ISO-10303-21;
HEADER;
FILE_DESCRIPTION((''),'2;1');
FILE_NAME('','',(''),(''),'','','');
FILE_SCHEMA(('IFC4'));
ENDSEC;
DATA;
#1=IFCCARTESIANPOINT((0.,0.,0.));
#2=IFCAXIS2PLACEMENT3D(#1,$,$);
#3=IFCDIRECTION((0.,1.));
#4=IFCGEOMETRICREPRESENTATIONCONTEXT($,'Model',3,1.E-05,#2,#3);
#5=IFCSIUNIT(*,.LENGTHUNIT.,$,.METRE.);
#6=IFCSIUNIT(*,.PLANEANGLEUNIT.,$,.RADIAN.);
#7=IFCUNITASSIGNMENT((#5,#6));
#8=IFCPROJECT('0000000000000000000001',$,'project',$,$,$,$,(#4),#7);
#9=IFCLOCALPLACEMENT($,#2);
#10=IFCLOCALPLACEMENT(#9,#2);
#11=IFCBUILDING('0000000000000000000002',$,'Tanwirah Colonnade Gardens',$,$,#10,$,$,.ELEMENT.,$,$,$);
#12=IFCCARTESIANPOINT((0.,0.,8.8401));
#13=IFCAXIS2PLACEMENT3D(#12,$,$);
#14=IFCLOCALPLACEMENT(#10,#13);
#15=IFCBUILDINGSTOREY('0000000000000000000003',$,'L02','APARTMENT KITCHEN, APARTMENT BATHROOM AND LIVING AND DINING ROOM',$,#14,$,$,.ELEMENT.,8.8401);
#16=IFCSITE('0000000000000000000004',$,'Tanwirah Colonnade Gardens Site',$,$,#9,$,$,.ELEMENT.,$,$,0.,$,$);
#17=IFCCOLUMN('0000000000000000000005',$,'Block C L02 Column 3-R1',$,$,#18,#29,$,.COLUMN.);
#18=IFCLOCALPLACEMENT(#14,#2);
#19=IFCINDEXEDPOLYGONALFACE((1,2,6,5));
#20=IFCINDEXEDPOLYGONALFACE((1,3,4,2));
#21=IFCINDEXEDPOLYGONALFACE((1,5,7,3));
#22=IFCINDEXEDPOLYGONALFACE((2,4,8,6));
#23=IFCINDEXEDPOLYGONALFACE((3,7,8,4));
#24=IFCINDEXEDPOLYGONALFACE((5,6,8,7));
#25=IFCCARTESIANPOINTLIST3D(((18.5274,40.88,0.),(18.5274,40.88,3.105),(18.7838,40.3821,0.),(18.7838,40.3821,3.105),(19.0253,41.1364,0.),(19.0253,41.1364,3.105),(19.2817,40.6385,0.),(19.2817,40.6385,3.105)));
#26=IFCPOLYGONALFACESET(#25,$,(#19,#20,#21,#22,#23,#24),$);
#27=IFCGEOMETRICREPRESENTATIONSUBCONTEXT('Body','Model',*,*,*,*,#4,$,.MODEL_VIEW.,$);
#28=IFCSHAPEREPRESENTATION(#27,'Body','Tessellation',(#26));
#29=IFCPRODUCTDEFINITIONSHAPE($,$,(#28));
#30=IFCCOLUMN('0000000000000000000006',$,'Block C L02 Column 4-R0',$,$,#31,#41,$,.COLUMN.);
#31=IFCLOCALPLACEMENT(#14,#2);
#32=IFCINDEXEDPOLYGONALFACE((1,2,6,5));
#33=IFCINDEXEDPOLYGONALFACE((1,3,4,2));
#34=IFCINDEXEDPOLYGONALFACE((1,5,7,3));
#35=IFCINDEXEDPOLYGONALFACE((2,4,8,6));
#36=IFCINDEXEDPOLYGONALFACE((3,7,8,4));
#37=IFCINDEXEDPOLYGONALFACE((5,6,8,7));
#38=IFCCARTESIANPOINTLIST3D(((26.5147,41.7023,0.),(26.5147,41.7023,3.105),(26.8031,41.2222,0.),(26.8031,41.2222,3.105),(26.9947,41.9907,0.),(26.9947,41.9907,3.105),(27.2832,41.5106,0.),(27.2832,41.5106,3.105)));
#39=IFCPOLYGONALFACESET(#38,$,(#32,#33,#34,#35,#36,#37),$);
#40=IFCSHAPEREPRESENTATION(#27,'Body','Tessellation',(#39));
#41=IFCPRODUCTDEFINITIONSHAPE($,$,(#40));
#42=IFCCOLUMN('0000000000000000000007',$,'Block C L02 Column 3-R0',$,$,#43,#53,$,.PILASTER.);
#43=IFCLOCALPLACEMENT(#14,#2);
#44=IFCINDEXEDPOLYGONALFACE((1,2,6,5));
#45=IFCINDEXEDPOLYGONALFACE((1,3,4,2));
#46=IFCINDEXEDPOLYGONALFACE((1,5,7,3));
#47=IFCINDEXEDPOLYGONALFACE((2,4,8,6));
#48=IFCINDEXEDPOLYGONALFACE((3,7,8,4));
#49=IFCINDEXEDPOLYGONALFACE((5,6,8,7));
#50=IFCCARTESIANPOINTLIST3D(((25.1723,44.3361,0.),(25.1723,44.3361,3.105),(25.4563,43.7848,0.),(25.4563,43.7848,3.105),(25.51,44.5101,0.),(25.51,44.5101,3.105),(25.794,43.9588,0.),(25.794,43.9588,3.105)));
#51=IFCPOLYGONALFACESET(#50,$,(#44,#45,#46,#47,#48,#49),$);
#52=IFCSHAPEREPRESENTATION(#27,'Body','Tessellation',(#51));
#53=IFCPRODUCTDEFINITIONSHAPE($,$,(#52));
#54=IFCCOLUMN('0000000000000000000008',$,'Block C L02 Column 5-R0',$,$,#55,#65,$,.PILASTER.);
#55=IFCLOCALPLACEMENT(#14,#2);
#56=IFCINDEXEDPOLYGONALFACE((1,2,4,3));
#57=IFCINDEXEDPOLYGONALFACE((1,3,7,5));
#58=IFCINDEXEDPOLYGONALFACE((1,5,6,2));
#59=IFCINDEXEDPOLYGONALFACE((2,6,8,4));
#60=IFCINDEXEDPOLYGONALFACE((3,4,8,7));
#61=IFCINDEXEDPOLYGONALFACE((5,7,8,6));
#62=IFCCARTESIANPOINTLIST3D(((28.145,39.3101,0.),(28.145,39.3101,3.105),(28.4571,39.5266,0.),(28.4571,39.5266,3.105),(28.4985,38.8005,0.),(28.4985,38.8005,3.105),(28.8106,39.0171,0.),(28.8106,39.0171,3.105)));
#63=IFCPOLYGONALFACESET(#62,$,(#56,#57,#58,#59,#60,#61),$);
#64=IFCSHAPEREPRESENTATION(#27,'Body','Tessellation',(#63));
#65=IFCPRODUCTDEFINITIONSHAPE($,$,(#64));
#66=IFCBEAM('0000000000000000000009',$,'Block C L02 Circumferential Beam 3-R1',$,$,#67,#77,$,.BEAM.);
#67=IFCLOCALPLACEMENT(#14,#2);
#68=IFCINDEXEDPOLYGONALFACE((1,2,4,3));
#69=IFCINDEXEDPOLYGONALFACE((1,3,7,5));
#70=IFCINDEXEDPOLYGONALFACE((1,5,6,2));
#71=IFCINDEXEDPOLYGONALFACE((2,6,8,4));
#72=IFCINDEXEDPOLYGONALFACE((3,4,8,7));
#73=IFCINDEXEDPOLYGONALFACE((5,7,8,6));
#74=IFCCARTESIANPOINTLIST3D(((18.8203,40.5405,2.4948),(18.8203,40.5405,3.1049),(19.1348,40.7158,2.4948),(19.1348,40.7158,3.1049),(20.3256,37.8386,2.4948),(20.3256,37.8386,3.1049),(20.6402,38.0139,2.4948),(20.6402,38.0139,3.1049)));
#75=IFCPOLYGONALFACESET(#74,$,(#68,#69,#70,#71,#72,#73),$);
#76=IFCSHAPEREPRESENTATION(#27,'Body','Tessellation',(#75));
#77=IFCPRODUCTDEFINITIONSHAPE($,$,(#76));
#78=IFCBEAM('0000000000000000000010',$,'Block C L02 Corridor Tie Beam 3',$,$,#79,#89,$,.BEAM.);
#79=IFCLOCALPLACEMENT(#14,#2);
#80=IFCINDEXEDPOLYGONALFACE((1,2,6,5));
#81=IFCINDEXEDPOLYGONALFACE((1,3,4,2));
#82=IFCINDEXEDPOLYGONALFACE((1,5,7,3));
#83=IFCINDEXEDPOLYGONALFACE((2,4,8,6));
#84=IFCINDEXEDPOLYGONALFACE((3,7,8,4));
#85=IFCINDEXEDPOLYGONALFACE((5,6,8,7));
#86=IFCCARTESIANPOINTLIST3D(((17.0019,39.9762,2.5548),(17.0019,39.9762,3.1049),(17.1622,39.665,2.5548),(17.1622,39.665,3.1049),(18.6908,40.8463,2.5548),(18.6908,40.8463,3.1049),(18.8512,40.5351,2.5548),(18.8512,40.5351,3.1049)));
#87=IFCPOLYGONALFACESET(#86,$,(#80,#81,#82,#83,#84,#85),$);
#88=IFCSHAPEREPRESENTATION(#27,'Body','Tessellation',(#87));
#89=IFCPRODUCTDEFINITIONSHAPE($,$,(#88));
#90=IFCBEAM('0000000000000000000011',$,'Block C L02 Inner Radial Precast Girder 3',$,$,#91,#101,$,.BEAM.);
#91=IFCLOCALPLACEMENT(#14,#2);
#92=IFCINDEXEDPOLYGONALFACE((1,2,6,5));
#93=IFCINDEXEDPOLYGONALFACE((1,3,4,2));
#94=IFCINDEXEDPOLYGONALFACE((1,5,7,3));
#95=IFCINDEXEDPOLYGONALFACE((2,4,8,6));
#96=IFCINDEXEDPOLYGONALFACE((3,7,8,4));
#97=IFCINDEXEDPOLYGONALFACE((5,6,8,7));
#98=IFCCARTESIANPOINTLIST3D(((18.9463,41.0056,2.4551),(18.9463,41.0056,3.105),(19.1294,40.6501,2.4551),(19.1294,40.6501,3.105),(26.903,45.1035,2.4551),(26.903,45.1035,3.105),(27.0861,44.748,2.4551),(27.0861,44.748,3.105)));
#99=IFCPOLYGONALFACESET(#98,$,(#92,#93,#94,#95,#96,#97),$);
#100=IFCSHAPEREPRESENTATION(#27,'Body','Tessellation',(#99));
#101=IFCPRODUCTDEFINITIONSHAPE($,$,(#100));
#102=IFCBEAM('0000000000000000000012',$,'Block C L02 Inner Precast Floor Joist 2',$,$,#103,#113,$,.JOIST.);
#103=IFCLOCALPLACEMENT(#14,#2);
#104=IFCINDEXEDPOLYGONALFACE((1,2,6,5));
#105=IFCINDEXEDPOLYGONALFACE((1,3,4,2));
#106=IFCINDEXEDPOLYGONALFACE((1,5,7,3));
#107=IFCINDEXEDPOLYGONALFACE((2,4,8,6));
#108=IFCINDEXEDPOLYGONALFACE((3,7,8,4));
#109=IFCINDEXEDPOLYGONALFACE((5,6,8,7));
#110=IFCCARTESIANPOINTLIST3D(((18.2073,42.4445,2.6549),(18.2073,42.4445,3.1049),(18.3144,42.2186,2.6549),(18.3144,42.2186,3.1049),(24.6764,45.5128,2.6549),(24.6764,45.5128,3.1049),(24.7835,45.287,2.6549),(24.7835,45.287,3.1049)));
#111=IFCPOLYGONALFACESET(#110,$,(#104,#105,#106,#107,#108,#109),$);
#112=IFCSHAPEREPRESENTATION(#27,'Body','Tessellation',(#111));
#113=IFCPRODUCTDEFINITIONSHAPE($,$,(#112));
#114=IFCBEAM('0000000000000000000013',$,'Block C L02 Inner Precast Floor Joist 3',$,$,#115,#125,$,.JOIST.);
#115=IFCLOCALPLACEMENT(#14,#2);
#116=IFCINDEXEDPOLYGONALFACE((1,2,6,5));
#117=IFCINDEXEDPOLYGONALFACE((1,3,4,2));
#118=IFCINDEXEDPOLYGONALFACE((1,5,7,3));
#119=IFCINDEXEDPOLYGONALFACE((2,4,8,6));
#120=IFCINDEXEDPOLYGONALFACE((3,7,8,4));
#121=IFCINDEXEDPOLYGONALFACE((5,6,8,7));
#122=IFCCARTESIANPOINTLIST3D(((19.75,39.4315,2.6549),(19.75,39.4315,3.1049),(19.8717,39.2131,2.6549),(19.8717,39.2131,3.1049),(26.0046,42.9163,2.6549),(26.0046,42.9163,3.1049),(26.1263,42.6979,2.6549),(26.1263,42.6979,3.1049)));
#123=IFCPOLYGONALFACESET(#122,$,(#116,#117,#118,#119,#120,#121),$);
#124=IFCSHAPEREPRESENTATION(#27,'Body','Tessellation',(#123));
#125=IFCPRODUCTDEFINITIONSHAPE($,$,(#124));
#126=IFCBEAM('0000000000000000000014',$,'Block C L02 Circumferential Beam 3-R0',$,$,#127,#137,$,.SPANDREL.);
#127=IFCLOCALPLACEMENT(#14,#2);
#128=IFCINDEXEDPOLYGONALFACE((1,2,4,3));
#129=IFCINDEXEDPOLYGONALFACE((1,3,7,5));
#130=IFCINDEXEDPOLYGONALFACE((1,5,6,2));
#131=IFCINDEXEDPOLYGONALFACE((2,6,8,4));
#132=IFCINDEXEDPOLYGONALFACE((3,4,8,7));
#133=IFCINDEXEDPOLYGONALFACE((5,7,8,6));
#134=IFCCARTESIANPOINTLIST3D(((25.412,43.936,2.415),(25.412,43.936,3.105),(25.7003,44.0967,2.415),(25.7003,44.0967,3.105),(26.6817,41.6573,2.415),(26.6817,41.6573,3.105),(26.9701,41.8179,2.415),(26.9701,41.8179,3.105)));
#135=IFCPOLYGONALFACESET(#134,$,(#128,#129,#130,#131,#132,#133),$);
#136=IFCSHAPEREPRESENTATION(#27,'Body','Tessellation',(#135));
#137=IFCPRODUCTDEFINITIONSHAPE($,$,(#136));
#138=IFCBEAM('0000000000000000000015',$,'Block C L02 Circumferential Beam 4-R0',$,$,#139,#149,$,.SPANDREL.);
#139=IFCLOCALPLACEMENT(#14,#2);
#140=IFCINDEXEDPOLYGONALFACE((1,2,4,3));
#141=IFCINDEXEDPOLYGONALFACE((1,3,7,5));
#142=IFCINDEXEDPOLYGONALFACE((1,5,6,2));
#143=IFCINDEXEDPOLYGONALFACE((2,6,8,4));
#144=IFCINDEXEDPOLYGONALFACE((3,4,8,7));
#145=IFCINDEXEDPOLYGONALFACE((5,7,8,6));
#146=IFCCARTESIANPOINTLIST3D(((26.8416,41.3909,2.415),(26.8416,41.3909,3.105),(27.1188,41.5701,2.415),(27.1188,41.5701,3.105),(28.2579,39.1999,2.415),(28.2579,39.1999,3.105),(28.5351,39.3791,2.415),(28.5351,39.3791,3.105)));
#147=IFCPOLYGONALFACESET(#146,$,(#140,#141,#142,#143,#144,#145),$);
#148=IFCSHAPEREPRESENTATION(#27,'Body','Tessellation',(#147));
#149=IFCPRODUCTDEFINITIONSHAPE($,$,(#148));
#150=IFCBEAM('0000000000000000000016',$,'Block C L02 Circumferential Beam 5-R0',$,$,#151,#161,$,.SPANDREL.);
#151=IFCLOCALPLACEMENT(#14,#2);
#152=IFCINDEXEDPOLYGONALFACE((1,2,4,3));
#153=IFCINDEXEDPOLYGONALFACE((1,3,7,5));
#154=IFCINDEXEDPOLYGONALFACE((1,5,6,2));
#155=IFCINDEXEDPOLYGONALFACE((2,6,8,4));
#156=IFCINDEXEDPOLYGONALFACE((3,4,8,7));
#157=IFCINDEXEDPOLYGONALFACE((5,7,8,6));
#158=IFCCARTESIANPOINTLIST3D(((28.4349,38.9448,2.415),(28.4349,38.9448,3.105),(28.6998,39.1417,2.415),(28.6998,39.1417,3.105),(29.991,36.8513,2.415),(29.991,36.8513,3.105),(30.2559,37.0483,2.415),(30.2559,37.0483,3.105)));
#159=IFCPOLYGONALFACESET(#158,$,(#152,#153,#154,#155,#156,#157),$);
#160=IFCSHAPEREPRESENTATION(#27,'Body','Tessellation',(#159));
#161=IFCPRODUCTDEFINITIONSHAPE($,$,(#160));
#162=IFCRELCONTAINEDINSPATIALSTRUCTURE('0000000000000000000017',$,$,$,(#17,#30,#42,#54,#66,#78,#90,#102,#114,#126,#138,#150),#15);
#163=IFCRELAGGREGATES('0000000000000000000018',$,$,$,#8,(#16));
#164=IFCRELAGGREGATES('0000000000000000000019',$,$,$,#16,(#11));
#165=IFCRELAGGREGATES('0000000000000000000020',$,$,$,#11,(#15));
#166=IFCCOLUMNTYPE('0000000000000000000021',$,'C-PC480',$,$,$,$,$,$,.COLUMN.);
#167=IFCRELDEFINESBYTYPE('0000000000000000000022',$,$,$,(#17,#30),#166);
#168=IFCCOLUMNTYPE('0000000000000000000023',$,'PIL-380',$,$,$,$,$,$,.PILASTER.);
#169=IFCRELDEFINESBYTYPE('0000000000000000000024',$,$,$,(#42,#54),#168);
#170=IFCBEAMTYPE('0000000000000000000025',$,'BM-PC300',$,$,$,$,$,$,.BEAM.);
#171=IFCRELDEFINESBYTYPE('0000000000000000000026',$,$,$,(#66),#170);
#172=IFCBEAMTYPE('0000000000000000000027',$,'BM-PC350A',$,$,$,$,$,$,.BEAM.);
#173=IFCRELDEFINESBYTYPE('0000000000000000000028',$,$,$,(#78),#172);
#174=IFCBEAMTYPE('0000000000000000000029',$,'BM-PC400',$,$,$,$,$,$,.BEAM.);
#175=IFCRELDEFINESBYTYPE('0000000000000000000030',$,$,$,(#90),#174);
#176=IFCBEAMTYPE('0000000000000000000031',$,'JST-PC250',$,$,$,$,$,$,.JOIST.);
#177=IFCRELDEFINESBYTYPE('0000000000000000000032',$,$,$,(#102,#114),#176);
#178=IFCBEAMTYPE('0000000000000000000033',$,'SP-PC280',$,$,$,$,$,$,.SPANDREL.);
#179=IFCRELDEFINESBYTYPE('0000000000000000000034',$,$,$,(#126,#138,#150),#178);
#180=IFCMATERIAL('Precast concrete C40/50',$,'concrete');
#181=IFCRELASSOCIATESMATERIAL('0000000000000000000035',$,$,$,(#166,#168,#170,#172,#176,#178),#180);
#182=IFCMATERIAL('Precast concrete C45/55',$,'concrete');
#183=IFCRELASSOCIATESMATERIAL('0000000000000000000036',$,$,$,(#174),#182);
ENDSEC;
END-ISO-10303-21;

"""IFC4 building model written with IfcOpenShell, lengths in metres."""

from ifc_helpers import new_model, si_unit, direction, frame, origin, origin_2d, place, context, subcontext, project, spatial, rectangle, extrude, material, material_profile, profile_set, type_object, element, save


model = new_model("IFC4")

# Units and contexts
model_context = context("Model", 3, precision=1e-05, world=origin(), true_north=direction((0.0, 1.0)))
body_context = subcontext(model_context, "Body", "Model", "MODEL_VIEW")
ifc_project = project(units=[si_unit("LENGTHUNIT", "METRE"), si_unit("PLANEANGLEUNIT", "RADIAN")], contexts=[model_context])

# Site, building, storey
site_placement = place(None, origin())
site = spatial("IfcSite", under=ifc_project, at=site_placement, Name="Tanwirah Colonnade Gardens Site", CompositionType="ELEMENT", RefElevation=0.0)
building_placement = place(site_placement, origin())
building = spatial("IfcBuilding", under=site, at=building_placement, Name="Tanwirah Colonnade Gardens", CompositionType="ELEMENT")
storey_placement = place(building_placement, frame((0.0, 0.0, 8.8401)))
storey = spatial("IfcBuildingStorey", under=building, at=storey_placement, Name="L02", Description="APARTMENT KITCHEN, APARTMENT BATHROOM AND LIVING AND DINING ROOM", CompositionType="ELEMENT", Elevation=8.8401)

# Columns
ifc_material_1 = material(Name="Precast concrete C40/50", Category="concrete")
ifc_material_profile_1 = material_profile(ifc_material_1, rectangle(XDim=0.5601, YDim=0.5601, at=origin_2d()), Name="PC-COL 560x560")
ifc_profile_set_1 = profile_set([ifc_material_profile_1], Name="Precast concrete C40/50")
column_type_1 = type_object("IfcColumnType", Name="C-PC480", PredefinedType="COLUMN", material=ifc_profile_set_1)
for number, where, z_axis, x_axis, name in (
    (1, (18.9045, 40.7593, 0.0), (0.0, 0.0, 1.0), (-0.889017, -0.457874, 0.0), "Block C L02 Column 3-R1"),
    (2, (26.8989, 41.6064, 0.0), (0.0, 0.0, 1.0), (-0.857167, -0.515038, 0.0), "Block C L02 Column 4-R0"),
):
    element("IfcColumn", number, at=place(storey_placement, frame(where, z_axis=z_axis, x_axis=x_axis)), inside=storey, type_object=column_type_1, Name=name, PredefinedType="COLUMN", context=body_context, shape_type="SweptSolid", body=[
        extrude(rectangle(XDim=0.5601, YDim=0.5601, at=origin_2d()), origin(), (0.0, 0.0, 1.0), 3.105),
    ])
ifc_material_profile_2 = material_profile(ifc_material_1, rectangle(XDim=0.3799, YDim=0.6201, at=origin_2d()), Name="PC-PIL 380x620")
ifc_profile_set_2 = profile_set([ifc_material_profile_2], Name="Precast concrete C40/50")
column_type_2 = type_object("IfcColumnType", Name="PIL-380", PredefinedType="PILASTER", material=ifc_profile_set_2)
for number, where, z_axis, x_axis, name in (
    (3, (25.4832, 44.1475, 0.0), (0.0, 0.0, 1.0), (-0.889017, -0.457874, 0.0), "Block C L02 Column 3-R0"),
    (4, (28.4778, 39.1636, 0.0), (0.0, 0.0, 1.0), (-0.821647, -0.569997, 0.0), "Block C L02 Column 5-R0"),
):
    element("IfcColumn", number, at=place(storey_placement, frame(where, z_axis=z_axis, x_axis=x_axis)), inside=storey, type_object=column_type_2, Name=name, PredefinedType="PILASTER", context=body_context, shape_type="SweptSolid", body=[
        extrude(rectangle(XDim=0.3799, YDim=0.6201, at=origin_2d()), origin(), (0.0, 0.0, 1.0), 3.105),
    ])

# Beams
ifc_material_profile_3 = material_profile(ifc_material_1, rectangle(XDim=0.3601, YDim=0.6101, at=origin_2d()), Name="PC-BM 360x610")
ifc_profile_set_3 = profile_set([ifc_material_profile_3], Name="Precast concrete C40/50")
beam_type_1 = type_object("IfcBeamType", Name="BM-PC300", PredefinedType="BEAM", material=ifc_profile_set_3)
beam_1_placement = place(storey_placement, frame((18.9775, 40.6282, 2.7998), z_axis=(0.486708, -0.873565, 0.0), x_axis=(0.873565, 0.486708, 0.0)))
element("IfcBeam", 5, at=beam_1_placement, inside=storey, type_object=beam_type_1, Name="Block C L02 Circumferential Beam 3-R1", PredefinedType="BEAM", context=body_context, shape_type="SweptSolid", body=[
    extrude(rectangle(XDim=0.3601, YDim=0.6101, at=origin_2d()), origin(), (0.0, 0.0, 1.0), 3.093),
])
ifc_material_profile_4 = material_profile(ifc_material_1, rectangle(XDim=0.3501, YDim=0.55, at=origin_2d()), Name="PC-BM 350x550")
ifc_profile_set_4 = profile_set([ifc_material_profile_4], Name="Precast concrete C40/50")
beam_type_2 = type_object("IfcBeamType", Name="BM-PC350A", PredefinedType="BEAM", material=ifc_profile_set_4)
beam_2_placement = place(storey_placement, frame((18.771, 40.6907, 2.8298), z_axis=(-0.888965, -0.457975, 0.0), x_axis=(0.457975, -0.888965, 0.0)))
element("IfcBeam", 6, at=beam_2_placement, inside=storey, type_object=beam_type_2, Name="Block C L02 Corridor Tie Beam 3", PredefinedType="BEAM", context=body_context, shape_type="SweptSolid", body=[
    extrude(rectangle(XDim=0.3501, YDim=0.55, at=origin_2d()), origin(), (0.0, 0.0, 1.0), 1.8999),
])
ifc_material_2 = material(Name="Precast concrete C45/55", Category="concrete")
ifc_material_profile_5 = material_profile(ifc_material_2, rectangle(XDim=0.3999, YDim=0.6499, at=origin_2d()), Name="PC-BM 400x650")
ifc_profile_set_5 = profile_set([ifc_material_profile_5], Name="Precast concrete C45/55")
beam_type_3 = type_object("IfcBeamType", Name="BM-PC400", PredefinedType="BEAM", material=ifc_profile_set_5)
beam_3_placement = place(storey_placement, frame((19.0378, 40.8279, 2.78), z_axis=(0.889022, 0.457864, 0.0), x_axis=(-0.457864, 0.889022, 0.0)))
element("IfcBeam", 7, at=beam_3_placement, inside=storey, type_object=beam_type_3, Name="Block C L02 Inner Radial Precast Girder 3", PredefinedType="BEAM", context=body_context, shape_type="SweptSolid", body=[
    extrude(rectangle(XDim=0.3999, YDim=0.6499, at=origin_2d()), origin(), (0.0, 0.0, 1.0), 8.95),
])
ifc_material_profile_6 = material_profile(ifc_material_1, rectangle(XDim=0.25, YDim=0.45, at=origin_2d()), Name="PC-JST 250x450")
ifc_profile_set_6 = profile_set([ifc_material_profile_6], Name="Precast concrete C40/50")
beam_type_4 = type_object("IfcBeamType", Name="JST-PC250", PredefinedType="JOIST", material=ifc_profile_set_6)
for number, where, z_axis, x_axis, name in (
    (8, (24.73, 45.3999, 2.8799), (-0.903522, -0.428541, 0.0), (0.428541, -0.903522, 0.0), "Block C L02 Inner Precast Floor Joist 2"),
    (9, (26.0654, 42.8071, 2.8799), (-0.87356, -0.486717, 0.0), (0.486717, -0.87356, 0.0), "Block C L02 Inner Precast Floor Joist 3"),
):
    element("IfcBeam", number, at=place(storey_placement, frame(where, z_axis=z_axis, x_axis=x_axis)), inside=storey, type_object=beam_type_4, Name=name, PredefinedType="JOIST", context=body_context, shape_type="SweptSolid", body=[
        extrude(rectangle(XDim=0.25, YDim=0.45, at=origin_2d()), origin(), (0.0, 0.0, 1.0), 7.1599),
    ])
ifc_material_profile_7 = material_profile(ifc_material_1, rectangle(XDim=0.3301, YDim=0.6899, at=origin_2d()), Name="PC-SP 330x690")
ifc_profile_set_7 = profile_set([ifc_material_profile_7], Name="Precast concrete C40/50")
beam_type_5 = type_object("IfcBeamType", Name="SP-PC280", PredefinedType="SPANDREL", material=ifc_profile_set_7)
beam_4_placement = place(storey_placement, frame((25.5562, 44.0164, 2.76), z_axis=(0.486747, -0.873543, 0.0), x_axis=(0.873543, 0.486747, 0.0)))
element("IfcBeam", 10, at=beam_4_placement, inside=storey, type_object=beam_type_5, Name="Block C L02 Circumferential Beam 3-R0", PredefinedType="SPANDREL", context=body_context, shape_type="SweptSolid", body=[
    extrude(rectangle(XDim=0.3301, YDim=0.6899, at=origin_2d()), origin(), (0.0, 0.0, 1.0), 2.6086),
])
beam_5_placement = place(storey_placement, frame((26.9802, 41.4805, 2.76), z_axis=(0.542875, -0.839814, 0.0), x_axis=(0.839814, 0.542875, 0.0)))
element("IfcBeam", 11, at=beam_5_placement, inside=storey, type_object=beam_type_5, Name="Block C L02 Circumferential Beam 4-R0", PredefinedType="SPANDREL", context=body_context, shape_type="SweptSolid", body=[
    extrude(rectangle(XDim=0.3301, YDim=0.6899, at=origin_2d()), origin(), (0.0, 0.0, 1.0), 2.6089),
])
beam_6_placement = place(storey_placement, frame((28.5674, 39.0432, 2.76), z_axis=(0.596565, -0.802565, 0.0), x_axis=(0.802565, 0.596565, 0.0)))
element("IfcBeam", 12, at=beam_6_placement, inside=storey, type_object=beam_type_5, Name="Block C L02 Circumferential Beam 5-R0", PredefinedType="SPANDREL", context=body_context, shape_type="SweptSolid", body=[
    extrude(rectangle(XDim=0.3301, YDim=0.6899, at=origin_2d()), origin(), (0.0, 0.0, 1.0), 2.6084),
])

save(model, "model.ifc")
